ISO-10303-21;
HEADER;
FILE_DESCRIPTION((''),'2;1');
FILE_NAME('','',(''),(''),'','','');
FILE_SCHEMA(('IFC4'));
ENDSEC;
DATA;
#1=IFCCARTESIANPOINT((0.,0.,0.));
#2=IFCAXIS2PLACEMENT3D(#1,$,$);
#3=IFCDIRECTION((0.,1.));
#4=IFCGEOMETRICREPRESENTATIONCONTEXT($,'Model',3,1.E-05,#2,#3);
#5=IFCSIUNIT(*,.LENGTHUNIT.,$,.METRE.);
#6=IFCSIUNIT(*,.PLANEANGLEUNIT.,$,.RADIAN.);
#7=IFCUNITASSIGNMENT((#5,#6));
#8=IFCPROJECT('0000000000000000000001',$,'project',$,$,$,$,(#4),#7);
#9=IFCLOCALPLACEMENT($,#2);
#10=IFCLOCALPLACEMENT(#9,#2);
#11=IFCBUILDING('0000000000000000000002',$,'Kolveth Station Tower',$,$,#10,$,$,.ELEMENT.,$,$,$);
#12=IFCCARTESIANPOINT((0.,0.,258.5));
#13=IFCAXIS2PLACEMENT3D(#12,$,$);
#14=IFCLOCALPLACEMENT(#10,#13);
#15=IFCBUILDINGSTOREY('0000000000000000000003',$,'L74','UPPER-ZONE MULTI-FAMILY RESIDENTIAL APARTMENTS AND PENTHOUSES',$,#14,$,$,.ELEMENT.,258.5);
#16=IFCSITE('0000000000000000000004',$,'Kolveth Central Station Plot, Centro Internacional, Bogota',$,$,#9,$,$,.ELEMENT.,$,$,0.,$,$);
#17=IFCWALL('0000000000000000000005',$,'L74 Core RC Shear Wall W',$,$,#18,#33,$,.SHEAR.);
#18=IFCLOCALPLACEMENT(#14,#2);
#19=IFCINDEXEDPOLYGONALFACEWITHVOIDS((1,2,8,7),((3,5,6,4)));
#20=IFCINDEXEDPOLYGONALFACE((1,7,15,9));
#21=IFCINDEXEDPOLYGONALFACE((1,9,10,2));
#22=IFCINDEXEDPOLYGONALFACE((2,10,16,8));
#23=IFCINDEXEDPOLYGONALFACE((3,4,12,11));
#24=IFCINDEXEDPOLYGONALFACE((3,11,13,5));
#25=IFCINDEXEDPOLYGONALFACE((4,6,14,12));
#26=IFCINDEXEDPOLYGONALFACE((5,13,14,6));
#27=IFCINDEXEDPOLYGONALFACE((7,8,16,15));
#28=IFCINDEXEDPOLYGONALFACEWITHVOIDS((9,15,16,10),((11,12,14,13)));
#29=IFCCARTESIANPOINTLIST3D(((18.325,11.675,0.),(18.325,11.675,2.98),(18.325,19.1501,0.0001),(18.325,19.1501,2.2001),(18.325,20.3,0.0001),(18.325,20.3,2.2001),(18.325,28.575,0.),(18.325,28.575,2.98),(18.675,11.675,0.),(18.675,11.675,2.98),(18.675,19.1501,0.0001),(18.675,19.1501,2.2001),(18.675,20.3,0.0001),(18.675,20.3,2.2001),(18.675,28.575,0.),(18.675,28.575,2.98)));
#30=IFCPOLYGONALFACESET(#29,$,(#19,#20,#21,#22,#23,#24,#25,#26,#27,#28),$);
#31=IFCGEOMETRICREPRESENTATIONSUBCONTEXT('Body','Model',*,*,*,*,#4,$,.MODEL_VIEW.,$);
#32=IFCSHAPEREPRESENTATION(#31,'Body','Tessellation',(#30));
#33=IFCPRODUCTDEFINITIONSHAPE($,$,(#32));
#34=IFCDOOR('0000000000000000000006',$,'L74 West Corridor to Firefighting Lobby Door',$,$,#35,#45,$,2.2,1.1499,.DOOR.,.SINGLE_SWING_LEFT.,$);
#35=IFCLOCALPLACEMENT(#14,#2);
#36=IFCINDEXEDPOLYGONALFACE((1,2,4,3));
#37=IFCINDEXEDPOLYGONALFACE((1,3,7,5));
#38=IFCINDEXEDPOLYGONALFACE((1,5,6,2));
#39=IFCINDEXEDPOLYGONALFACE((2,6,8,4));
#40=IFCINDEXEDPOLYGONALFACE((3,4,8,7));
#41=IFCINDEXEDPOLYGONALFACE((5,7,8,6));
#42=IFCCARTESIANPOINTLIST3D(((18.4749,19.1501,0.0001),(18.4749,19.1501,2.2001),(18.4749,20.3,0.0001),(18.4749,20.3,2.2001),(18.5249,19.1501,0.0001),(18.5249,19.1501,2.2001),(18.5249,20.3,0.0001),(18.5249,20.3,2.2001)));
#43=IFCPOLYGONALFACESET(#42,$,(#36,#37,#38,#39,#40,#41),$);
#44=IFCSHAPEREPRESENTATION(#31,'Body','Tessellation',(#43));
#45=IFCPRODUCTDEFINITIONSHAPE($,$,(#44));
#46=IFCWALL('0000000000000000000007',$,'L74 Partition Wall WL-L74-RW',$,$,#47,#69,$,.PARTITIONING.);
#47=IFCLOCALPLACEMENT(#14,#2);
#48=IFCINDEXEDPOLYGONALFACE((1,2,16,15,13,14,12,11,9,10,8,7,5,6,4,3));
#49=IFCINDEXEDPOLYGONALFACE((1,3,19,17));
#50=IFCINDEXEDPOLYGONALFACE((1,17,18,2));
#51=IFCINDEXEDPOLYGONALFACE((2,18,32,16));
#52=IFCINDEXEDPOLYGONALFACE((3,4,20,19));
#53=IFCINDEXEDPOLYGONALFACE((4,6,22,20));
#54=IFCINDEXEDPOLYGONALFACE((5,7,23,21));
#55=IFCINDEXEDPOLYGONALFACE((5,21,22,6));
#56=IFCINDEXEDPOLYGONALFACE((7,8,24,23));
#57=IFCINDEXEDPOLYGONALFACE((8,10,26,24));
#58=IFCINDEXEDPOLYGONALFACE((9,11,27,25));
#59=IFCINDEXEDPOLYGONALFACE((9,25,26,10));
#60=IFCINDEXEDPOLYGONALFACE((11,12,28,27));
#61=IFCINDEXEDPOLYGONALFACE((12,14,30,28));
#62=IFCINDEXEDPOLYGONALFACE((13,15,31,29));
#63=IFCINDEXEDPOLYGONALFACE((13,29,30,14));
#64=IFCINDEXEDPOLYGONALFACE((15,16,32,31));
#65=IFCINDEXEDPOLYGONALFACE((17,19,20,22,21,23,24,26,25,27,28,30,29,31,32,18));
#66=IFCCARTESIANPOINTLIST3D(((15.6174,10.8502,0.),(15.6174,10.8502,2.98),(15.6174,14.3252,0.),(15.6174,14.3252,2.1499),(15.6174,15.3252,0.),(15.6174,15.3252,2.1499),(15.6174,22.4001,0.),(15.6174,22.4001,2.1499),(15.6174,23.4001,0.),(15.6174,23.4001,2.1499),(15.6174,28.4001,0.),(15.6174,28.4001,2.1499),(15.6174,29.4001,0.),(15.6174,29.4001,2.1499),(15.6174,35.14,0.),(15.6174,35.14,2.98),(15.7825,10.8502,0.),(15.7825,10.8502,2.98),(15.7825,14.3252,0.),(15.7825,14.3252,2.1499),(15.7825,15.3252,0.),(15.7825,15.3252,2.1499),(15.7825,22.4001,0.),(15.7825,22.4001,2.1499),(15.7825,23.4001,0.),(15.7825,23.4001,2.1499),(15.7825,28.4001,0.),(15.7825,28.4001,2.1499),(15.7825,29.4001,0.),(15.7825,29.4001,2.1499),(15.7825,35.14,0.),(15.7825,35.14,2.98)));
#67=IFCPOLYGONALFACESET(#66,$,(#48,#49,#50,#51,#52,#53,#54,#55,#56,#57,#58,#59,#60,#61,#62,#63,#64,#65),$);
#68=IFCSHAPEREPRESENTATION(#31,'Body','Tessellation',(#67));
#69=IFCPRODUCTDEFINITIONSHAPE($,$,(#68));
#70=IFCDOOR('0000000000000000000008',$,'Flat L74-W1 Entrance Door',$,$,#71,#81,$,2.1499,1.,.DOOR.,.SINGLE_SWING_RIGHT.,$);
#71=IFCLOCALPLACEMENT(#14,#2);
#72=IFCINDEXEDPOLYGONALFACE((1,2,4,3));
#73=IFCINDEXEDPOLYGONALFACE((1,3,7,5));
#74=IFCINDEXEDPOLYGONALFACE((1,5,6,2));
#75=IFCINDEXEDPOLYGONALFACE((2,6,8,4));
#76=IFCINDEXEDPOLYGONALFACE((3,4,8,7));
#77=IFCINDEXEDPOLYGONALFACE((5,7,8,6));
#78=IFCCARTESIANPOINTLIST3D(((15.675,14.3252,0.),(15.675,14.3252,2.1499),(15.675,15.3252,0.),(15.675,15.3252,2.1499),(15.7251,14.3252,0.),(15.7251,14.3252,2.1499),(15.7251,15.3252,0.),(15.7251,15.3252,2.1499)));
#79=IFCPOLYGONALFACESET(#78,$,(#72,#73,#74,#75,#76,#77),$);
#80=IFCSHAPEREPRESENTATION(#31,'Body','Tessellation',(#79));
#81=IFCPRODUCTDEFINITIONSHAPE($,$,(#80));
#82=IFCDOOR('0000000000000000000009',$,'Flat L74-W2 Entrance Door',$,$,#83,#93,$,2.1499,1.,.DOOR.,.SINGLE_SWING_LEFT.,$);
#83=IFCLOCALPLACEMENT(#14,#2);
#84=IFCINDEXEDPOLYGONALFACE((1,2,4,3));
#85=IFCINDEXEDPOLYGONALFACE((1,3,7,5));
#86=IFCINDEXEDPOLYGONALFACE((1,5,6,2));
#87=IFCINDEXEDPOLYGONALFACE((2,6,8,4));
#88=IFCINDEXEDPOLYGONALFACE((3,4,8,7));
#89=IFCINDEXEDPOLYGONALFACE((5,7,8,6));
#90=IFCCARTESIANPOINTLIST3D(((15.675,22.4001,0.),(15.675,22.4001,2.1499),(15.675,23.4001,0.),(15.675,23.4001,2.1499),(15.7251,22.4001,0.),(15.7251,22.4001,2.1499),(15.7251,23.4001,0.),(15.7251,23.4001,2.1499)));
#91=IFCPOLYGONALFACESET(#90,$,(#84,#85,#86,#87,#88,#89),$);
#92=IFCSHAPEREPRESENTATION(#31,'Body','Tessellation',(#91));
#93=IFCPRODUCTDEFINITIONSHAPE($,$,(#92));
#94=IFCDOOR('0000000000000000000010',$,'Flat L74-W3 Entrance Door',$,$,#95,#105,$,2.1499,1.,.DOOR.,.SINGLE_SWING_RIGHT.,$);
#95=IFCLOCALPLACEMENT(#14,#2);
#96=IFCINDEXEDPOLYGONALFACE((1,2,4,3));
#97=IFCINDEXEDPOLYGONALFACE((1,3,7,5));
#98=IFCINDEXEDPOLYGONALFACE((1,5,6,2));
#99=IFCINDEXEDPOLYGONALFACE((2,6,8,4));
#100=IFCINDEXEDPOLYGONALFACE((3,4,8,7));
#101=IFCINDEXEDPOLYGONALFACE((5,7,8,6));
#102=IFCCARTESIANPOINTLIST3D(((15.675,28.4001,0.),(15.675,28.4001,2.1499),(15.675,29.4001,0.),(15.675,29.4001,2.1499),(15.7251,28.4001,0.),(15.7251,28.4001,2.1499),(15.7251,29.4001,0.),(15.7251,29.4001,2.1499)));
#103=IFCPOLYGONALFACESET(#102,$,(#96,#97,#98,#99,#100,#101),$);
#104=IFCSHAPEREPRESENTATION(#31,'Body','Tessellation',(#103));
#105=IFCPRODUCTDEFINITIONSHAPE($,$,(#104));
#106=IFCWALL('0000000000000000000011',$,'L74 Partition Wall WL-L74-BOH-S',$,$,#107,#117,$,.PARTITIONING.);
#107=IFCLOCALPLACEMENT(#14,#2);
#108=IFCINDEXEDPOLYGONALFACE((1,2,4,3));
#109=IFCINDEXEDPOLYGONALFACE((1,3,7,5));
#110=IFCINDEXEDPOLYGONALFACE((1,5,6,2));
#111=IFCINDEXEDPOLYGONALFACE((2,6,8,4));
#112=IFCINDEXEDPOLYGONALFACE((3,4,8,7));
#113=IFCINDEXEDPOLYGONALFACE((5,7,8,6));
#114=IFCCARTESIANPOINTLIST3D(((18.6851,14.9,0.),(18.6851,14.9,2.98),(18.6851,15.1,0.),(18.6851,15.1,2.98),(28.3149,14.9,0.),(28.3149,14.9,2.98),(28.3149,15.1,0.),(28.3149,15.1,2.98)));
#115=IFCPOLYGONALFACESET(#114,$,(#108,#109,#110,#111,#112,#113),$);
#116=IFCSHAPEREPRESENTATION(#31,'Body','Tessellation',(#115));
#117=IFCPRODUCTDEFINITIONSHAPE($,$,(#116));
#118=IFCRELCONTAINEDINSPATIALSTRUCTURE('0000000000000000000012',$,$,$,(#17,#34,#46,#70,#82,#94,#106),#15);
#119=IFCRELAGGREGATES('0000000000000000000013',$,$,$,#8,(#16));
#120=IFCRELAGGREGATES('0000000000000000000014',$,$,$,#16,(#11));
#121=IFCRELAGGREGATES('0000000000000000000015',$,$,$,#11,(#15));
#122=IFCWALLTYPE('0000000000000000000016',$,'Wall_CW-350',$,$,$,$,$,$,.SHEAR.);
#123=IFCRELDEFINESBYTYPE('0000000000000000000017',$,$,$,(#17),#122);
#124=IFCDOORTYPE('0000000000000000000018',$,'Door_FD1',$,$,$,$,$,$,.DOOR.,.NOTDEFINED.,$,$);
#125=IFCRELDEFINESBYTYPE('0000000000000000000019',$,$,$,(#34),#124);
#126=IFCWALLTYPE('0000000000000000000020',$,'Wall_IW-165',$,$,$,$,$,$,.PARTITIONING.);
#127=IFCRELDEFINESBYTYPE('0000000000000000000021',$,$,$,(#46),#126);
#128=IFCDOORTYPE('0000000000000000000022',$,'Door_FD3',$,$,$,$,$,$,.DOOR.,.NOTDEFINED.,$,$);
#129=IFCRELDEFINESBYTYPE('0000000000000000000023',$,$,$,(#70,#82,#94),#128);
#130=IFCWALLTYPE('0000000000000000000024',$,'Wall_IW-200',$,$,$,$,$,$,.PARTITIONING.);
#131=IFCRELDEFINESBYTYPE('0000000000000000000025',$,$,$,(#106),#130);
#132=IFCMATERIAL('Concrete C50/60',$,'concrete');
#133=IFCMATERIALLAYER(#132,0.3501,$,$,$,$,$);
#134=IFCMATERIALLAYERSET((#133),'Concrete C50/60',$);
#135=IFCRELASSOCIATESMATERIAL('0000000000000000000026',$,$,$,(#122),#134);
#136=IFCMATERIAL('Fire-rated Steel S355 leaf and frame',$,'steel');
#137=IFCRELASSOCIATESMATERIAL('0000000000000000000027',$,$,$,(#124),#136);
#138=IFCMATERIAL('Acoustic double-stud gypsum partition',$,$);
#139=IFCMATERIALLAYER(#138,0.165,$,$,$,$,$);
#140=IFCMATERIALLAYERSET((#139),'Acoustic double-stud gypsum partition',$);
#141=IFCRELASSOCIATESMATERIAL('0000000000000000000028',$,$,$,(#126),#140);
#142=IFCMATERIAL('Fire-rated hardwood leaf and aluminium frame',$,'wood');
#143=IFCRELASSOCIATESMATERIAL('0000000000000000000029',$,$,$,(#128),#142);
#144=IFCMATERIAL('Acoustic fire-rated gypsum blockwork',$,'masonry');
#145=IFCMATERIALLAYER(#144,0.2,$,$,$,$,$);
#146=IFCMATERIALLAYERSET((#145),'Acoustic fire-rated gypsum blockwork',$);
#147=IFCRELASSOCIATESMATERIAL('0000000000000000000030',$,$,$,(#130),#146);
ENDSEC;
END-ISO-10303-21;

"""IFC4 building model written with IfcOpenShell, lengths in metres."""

from ifc_helpers import new_model, si_unit, direction, frame, frame_2d, origin, place, context, subcontext, project, spatial, rectangle, extrude, material, layer, layer_set, type_object, element, fill, save


model = new_model("IFC4")

# Units and contexts
model_context = context("Model", 3, precision=1e-05, world=origin(), true_north=direction((0.0, 1.0)))
body_context = subcontext(model_context, "Body", "Model", "MODEL_VIEW")
ifc_project = project(units=[si_unit("LENGTHUNIT", "METRE"), si_unit("PLANEANGLEUNIT", "RADIAN")], contexts=[model_context])

# Site, building, storey
site_placement = place(None, origin())
site = spatial("IfcSite", under=ifc_project, at=site_placement, Name="Kolveth Central Station Plot, Centro Internacional, Bogota", CompositionType="ELEMENT", RefElevation=0.0)
building_placement = place(site_placement, origin())
building = spatial("IfcBuilding", under=site, at=building_placement, Name="Kolveth Station Tower", CompositionType="ELEMENT")
storey_placement = place(building_placement, frame((0.0, 0.0, 258.5)))
storey = spatial("IfcBuildingStorey", under=building, at=storey_placement, Name="L74", Description="UPPER-ZONE MULTI-FAMILY RESIDENTIAL APARTMENTS AND PENTHOUSES", CompositionType="ELEMENT", Elevation=258.5)

# Shared definitions
ifc_material_1 = material(Name="Concrete C50/60", Category="concrete")
ifc_layer_1 = layer(ifc_material_1, 0.3501)
ifc_layer_set_1 = layer_set([ifc_layer_1], Name="Concrete C50/60")
wall_type_1 = type_object("IfcWallType", Name="Wall_CW-350", PredefinedType="SHEAR", material=ifc_layer_set_1)

# Wall, opening, door
wall_1_placement = place(storey_placement, frame((18.5, 11.675, 0.0), z_axis=(0.0, 0.0, 1.0), x_axis=(0.0, 1.0, 0.0)))
wall_1 = element("IfcWall", 1, at=wall_1_placement, inside=storey, type_object=wall_type_1, Name="L74 Core RC Shear Wall W", PredefinedType="SHEAR", context=body_context, shape_type="SweptSolid", body=[
    extrude(rectangle(XDim=16.8999, YDim=0.3501, at=frame_2d((8.45, 0.0))), origin(), (0.0, 0.0, 1.0), 2.98),
])
opening_1_placement = place(wall_1_placement, frame((7.4751, 0.0, 0.0)))
opening_1 = element("IfcOpeningElement", 2, at=opening_1_placement, cuts=wall_1, PredefinedType="OPENING", context=body_context, shape_type="SweptSolid", body=[
    extrude(rectangle(XDim=1.1499, YDim=2.2, at=frame_2d((0.575, 1.1001))), frame((0.0, 0.1851, 0.0), z_axis=(0.0, -1.0, 0.0), x_axis=(1.0, 0.0, 0.0)), (0.0, 0.0, 1.0), 0.3701),
])
ifc_material_2 = material(Name="Fire-rated Steel S355 leaf and frame", Category="steel")
door_type_1 = type_object("IfcDoorType", Name="Door_FD1", OperationType="NOTDEFINED", PredefinedType="DOOR", material=ifc_material_2)
door_1_placement = place(opening_1_placement, frame((1.1499, 0.0, 0.0), z_axis=(0.0, 0.0, 1.0), x_axis=(-1.0, 0.0, 0.0)))
door_1 = element("IfcDoor", 3, at=door_1_placement, inside=storey, type_object=door_type_1, Name="L74 West Corridor to Firefighting Lobby Door", OperationType="SINGLE_SWING_LEFT", OverallHeight=2.2, OverallWidth=1.1499, PredefinedType="DOOR", context=body_context, shape_type="SweptSolid", body=[
    extrude(rectangle(XDim=1.1499, YDim=2.2, at=frame_2d((0.575, 1.1001))), frame((0.0, 0.0249, 0.0), z_axis=(0.0, -1.0, 0.0), x_axis=(1.0, 0.0, 0.0)), (0.0, 0.0, 1.0), 0.05),
])
fill(opening_1, door_1)

# Wall, openings, doors
ifc_material_3 = material(Name="Acoustic double-stud gypsum partition")
ifc_layer_2 = layer(ifc_material_3, 0.165)
ifc_layer_set_2 = layer_set([ifc_layer_2], Name="Acoustic double-stud gypsum partition")
wall_type_2 = type_object("IfcWallType", Name="Wall_IW-165", PredefinedType="PARTITIONING", material=ifc_layer_set_2)
wall_2_placement = place(storey_placement, frame((15.7, 10.8501, 0.0), z_axis=(0.0, 0.0, 1.0), x_axis=(0.0, 1.0, 0.0)))
wall_2 = element("IfcWall", 4, at=wall_2_placement, inside=storey, type_object=wall_type_2, Name="L74 Partition Wall WL-L74-RW", PredefinedType="PARTITIONING", context=body_context, shape_type="SweptSolid", body=[
    extrude(rectangle(XDim=24.2898, YDim=0.165, at=frame_2d((12.145, 0.0))), origin(), (0.0, 0.0, 1.0), 2.98),
])
opening_2_placement = place(wall_2_placement, frame((3.4751, 0.0, 0.0)))
opening_2 = element("IfcOpeningElement", 5, at=opening_2_placement, cuts=wall_2, PredefinedType="OPENING", context=body_context, shape_type="SweptSolid", body=[
    extrude(rectangle(XDim=1.0, YDim=2.1499, at=frame_2d((0.5, 1.075))), frame((0.0, 0.0925, 0.0), z_axis=(0.0, -1.0, 0.0), x_axis=(1.0, 0.0, 0.0)), (0.0, 0.0, 1.0), 0.1851),
])
opening_3_placement = place(wall_2_placement, frame((11.55, 0.0, 0.0)))
opening_3 = element("IfcOpeningElement", 6, at=opening_3_placement, cuts=wall_2, PredefinedType="OPENING", context=body_context, shape_type="SweptSolid", body=[
    extrude(rectangle(XDim=1.0, YDim=2.1499, at=frame_2d((0.5, 1.075))), frame((0.0, 0.0925, 0.0), z_axis=(0.0, -1.0, 0.0), x_axis=(1.0, 0.0, 0.0)), (0.0, 0.0, 1.0), 0.1851),
])
opening_4_placement = place(wall_2_placement, frame((17.55, 0.0, 0.0)))
opening_4 = element("IfcOpeningElement", 7, at=opening_4_placement, cuts=wall_2, PredefinedType="OPENING", context=body_context, shape_type="SweptSolid", body=[
    extrude(rectangle(XDim=1.0, YDim=2.1499, at=frame_2d((0.5, 1.075))), frame((0.0, 0.0925, 0.0), z_axis=(0.0, -1.0, 0.0), x_axis=(1.0, 0.0, 0.0)), (0.0, 0.0, 1.0), 0.1851),
])
ifc_material_4 = material(Name="Fire-rated hardwood leaf and aluminium frame", Category="wood")
door_type_2 = type_object("IfcDoorType", Name="Door_FD3", OperationType="NOTDEFINED", PredefinedType="DOOR", material=ifc_material_4)
door_2_placement = place(opening_2_placement, origin())
door_2 = element("IfcDoor", 8, at=door_2_placement, inside=storey, type_object=door_type_2, Name="Flat L74-W1 Entrance Door", OperationType="SINGLE_SWING_RIGHT", OverallHeight=2.1499, OverallWidth=1.0, PredefinedType="DOOR", context=body_context, shape_type="SweptSolid", body=[
    extrude(rectangle(XDim=1.0, YDim=2.1499, at=frame_2d((0.5, 1.075))), frame((0.0, 0.0249, 0.0), z_axis=(0.0, -1.0, 0.0), x_axis=(1.0, 0.0, 0.0)), (0.0, 0.0, 1.0), 0.05),
])
fill(opening_2, door_2)
door_3_placement = place(opening_3_placement, origin())
door_3 = element("IfcDoor", 9, at=door_3_placement, inside=storey, type_object=door_type_2, Name="Flat L74-W2 Entrance Door", OperationType="SINGLE_SWING_LEFT", OverallHeight=2.1499, OverallWidth=1.0, PredefinedType="DOOR", context=body_context, shape_type="SweptSolid", body=[
    extrude(rectangle(XDim=1.0, YDim=2.1499, at=frame_2d((0.5, 1.075))), frame((0.0, 0.0249, 0.0), z_axis=(0.0, -1.0, 0.0), x_axis=(1.0, 0.0, 0.0)), (0.0, 0.0, 1.0), 0.05),
])
fill(opening_3, door_3)
door_4_placement = place(opening_4_placement, origin())
door_4 = element("IfcDoor", 10, at=door_4_placement, inside=storey, type_object=door_type_2, Name="Flat L74-W3 Entrance Door", OperationType="SINGLE_SWING_RIGHT", OverallHeight=2.1499, OverallWidth=1.0, PredefinedType="DOOR", context=body_context, shape_type="SweptSolid", body=[
    extrude(rectangle(XDim=1.0, YDim=2.1499, at=frame_2d((0.5, 1.075))), frame((0.0, 0.0249, 0.0), z_axis=(0.0, -1.0, 0.0), x_axis=(1.0, 0.0, 0.0)), (0.0, 0.0, 1.0), 0.05),
])
fill(opening_4, door_4)

# Wall
ifc_material_5 = material(Name="Acoustic fire-rated gypsum blockwork", Category="masonry")
ifc_layer_3 = layer(ifc_material_5, 0.2)
ifc_layer_set_3 = layer_set([ifc_layer_3], Name="Acoustic fire-rated gypsum blockwork")
wall_type_3 = type_object("IfcWallType", Name="Wall_IW-200", PredefinedType="PARTITIONING", material=ifc_layer_set_3)
wall_3_placement = place(storey_placement, frame((18.6851, 15.0, 0.0), z_axis=(0.0, 0.0, 1.0), x_axis=(1.0, 0.0, 0.0)))
element("IfcWall", 11, at=wall_3_placement, inside=storey, type_object=wall_type_3, Name="L74 Partition Wall WL-L74-BOH-S", PredefinedType="PARTITIONING", context=body_context, shape_type="SweptSolid", body=[
    extrude(rectangle(XDim=9.6299, YDim=0.2, at=frame_2d((4.8149, 0.0))), origin(), (0.0, 0.0, 1.0), 2.98),
])

save(model, "model.ifc")
